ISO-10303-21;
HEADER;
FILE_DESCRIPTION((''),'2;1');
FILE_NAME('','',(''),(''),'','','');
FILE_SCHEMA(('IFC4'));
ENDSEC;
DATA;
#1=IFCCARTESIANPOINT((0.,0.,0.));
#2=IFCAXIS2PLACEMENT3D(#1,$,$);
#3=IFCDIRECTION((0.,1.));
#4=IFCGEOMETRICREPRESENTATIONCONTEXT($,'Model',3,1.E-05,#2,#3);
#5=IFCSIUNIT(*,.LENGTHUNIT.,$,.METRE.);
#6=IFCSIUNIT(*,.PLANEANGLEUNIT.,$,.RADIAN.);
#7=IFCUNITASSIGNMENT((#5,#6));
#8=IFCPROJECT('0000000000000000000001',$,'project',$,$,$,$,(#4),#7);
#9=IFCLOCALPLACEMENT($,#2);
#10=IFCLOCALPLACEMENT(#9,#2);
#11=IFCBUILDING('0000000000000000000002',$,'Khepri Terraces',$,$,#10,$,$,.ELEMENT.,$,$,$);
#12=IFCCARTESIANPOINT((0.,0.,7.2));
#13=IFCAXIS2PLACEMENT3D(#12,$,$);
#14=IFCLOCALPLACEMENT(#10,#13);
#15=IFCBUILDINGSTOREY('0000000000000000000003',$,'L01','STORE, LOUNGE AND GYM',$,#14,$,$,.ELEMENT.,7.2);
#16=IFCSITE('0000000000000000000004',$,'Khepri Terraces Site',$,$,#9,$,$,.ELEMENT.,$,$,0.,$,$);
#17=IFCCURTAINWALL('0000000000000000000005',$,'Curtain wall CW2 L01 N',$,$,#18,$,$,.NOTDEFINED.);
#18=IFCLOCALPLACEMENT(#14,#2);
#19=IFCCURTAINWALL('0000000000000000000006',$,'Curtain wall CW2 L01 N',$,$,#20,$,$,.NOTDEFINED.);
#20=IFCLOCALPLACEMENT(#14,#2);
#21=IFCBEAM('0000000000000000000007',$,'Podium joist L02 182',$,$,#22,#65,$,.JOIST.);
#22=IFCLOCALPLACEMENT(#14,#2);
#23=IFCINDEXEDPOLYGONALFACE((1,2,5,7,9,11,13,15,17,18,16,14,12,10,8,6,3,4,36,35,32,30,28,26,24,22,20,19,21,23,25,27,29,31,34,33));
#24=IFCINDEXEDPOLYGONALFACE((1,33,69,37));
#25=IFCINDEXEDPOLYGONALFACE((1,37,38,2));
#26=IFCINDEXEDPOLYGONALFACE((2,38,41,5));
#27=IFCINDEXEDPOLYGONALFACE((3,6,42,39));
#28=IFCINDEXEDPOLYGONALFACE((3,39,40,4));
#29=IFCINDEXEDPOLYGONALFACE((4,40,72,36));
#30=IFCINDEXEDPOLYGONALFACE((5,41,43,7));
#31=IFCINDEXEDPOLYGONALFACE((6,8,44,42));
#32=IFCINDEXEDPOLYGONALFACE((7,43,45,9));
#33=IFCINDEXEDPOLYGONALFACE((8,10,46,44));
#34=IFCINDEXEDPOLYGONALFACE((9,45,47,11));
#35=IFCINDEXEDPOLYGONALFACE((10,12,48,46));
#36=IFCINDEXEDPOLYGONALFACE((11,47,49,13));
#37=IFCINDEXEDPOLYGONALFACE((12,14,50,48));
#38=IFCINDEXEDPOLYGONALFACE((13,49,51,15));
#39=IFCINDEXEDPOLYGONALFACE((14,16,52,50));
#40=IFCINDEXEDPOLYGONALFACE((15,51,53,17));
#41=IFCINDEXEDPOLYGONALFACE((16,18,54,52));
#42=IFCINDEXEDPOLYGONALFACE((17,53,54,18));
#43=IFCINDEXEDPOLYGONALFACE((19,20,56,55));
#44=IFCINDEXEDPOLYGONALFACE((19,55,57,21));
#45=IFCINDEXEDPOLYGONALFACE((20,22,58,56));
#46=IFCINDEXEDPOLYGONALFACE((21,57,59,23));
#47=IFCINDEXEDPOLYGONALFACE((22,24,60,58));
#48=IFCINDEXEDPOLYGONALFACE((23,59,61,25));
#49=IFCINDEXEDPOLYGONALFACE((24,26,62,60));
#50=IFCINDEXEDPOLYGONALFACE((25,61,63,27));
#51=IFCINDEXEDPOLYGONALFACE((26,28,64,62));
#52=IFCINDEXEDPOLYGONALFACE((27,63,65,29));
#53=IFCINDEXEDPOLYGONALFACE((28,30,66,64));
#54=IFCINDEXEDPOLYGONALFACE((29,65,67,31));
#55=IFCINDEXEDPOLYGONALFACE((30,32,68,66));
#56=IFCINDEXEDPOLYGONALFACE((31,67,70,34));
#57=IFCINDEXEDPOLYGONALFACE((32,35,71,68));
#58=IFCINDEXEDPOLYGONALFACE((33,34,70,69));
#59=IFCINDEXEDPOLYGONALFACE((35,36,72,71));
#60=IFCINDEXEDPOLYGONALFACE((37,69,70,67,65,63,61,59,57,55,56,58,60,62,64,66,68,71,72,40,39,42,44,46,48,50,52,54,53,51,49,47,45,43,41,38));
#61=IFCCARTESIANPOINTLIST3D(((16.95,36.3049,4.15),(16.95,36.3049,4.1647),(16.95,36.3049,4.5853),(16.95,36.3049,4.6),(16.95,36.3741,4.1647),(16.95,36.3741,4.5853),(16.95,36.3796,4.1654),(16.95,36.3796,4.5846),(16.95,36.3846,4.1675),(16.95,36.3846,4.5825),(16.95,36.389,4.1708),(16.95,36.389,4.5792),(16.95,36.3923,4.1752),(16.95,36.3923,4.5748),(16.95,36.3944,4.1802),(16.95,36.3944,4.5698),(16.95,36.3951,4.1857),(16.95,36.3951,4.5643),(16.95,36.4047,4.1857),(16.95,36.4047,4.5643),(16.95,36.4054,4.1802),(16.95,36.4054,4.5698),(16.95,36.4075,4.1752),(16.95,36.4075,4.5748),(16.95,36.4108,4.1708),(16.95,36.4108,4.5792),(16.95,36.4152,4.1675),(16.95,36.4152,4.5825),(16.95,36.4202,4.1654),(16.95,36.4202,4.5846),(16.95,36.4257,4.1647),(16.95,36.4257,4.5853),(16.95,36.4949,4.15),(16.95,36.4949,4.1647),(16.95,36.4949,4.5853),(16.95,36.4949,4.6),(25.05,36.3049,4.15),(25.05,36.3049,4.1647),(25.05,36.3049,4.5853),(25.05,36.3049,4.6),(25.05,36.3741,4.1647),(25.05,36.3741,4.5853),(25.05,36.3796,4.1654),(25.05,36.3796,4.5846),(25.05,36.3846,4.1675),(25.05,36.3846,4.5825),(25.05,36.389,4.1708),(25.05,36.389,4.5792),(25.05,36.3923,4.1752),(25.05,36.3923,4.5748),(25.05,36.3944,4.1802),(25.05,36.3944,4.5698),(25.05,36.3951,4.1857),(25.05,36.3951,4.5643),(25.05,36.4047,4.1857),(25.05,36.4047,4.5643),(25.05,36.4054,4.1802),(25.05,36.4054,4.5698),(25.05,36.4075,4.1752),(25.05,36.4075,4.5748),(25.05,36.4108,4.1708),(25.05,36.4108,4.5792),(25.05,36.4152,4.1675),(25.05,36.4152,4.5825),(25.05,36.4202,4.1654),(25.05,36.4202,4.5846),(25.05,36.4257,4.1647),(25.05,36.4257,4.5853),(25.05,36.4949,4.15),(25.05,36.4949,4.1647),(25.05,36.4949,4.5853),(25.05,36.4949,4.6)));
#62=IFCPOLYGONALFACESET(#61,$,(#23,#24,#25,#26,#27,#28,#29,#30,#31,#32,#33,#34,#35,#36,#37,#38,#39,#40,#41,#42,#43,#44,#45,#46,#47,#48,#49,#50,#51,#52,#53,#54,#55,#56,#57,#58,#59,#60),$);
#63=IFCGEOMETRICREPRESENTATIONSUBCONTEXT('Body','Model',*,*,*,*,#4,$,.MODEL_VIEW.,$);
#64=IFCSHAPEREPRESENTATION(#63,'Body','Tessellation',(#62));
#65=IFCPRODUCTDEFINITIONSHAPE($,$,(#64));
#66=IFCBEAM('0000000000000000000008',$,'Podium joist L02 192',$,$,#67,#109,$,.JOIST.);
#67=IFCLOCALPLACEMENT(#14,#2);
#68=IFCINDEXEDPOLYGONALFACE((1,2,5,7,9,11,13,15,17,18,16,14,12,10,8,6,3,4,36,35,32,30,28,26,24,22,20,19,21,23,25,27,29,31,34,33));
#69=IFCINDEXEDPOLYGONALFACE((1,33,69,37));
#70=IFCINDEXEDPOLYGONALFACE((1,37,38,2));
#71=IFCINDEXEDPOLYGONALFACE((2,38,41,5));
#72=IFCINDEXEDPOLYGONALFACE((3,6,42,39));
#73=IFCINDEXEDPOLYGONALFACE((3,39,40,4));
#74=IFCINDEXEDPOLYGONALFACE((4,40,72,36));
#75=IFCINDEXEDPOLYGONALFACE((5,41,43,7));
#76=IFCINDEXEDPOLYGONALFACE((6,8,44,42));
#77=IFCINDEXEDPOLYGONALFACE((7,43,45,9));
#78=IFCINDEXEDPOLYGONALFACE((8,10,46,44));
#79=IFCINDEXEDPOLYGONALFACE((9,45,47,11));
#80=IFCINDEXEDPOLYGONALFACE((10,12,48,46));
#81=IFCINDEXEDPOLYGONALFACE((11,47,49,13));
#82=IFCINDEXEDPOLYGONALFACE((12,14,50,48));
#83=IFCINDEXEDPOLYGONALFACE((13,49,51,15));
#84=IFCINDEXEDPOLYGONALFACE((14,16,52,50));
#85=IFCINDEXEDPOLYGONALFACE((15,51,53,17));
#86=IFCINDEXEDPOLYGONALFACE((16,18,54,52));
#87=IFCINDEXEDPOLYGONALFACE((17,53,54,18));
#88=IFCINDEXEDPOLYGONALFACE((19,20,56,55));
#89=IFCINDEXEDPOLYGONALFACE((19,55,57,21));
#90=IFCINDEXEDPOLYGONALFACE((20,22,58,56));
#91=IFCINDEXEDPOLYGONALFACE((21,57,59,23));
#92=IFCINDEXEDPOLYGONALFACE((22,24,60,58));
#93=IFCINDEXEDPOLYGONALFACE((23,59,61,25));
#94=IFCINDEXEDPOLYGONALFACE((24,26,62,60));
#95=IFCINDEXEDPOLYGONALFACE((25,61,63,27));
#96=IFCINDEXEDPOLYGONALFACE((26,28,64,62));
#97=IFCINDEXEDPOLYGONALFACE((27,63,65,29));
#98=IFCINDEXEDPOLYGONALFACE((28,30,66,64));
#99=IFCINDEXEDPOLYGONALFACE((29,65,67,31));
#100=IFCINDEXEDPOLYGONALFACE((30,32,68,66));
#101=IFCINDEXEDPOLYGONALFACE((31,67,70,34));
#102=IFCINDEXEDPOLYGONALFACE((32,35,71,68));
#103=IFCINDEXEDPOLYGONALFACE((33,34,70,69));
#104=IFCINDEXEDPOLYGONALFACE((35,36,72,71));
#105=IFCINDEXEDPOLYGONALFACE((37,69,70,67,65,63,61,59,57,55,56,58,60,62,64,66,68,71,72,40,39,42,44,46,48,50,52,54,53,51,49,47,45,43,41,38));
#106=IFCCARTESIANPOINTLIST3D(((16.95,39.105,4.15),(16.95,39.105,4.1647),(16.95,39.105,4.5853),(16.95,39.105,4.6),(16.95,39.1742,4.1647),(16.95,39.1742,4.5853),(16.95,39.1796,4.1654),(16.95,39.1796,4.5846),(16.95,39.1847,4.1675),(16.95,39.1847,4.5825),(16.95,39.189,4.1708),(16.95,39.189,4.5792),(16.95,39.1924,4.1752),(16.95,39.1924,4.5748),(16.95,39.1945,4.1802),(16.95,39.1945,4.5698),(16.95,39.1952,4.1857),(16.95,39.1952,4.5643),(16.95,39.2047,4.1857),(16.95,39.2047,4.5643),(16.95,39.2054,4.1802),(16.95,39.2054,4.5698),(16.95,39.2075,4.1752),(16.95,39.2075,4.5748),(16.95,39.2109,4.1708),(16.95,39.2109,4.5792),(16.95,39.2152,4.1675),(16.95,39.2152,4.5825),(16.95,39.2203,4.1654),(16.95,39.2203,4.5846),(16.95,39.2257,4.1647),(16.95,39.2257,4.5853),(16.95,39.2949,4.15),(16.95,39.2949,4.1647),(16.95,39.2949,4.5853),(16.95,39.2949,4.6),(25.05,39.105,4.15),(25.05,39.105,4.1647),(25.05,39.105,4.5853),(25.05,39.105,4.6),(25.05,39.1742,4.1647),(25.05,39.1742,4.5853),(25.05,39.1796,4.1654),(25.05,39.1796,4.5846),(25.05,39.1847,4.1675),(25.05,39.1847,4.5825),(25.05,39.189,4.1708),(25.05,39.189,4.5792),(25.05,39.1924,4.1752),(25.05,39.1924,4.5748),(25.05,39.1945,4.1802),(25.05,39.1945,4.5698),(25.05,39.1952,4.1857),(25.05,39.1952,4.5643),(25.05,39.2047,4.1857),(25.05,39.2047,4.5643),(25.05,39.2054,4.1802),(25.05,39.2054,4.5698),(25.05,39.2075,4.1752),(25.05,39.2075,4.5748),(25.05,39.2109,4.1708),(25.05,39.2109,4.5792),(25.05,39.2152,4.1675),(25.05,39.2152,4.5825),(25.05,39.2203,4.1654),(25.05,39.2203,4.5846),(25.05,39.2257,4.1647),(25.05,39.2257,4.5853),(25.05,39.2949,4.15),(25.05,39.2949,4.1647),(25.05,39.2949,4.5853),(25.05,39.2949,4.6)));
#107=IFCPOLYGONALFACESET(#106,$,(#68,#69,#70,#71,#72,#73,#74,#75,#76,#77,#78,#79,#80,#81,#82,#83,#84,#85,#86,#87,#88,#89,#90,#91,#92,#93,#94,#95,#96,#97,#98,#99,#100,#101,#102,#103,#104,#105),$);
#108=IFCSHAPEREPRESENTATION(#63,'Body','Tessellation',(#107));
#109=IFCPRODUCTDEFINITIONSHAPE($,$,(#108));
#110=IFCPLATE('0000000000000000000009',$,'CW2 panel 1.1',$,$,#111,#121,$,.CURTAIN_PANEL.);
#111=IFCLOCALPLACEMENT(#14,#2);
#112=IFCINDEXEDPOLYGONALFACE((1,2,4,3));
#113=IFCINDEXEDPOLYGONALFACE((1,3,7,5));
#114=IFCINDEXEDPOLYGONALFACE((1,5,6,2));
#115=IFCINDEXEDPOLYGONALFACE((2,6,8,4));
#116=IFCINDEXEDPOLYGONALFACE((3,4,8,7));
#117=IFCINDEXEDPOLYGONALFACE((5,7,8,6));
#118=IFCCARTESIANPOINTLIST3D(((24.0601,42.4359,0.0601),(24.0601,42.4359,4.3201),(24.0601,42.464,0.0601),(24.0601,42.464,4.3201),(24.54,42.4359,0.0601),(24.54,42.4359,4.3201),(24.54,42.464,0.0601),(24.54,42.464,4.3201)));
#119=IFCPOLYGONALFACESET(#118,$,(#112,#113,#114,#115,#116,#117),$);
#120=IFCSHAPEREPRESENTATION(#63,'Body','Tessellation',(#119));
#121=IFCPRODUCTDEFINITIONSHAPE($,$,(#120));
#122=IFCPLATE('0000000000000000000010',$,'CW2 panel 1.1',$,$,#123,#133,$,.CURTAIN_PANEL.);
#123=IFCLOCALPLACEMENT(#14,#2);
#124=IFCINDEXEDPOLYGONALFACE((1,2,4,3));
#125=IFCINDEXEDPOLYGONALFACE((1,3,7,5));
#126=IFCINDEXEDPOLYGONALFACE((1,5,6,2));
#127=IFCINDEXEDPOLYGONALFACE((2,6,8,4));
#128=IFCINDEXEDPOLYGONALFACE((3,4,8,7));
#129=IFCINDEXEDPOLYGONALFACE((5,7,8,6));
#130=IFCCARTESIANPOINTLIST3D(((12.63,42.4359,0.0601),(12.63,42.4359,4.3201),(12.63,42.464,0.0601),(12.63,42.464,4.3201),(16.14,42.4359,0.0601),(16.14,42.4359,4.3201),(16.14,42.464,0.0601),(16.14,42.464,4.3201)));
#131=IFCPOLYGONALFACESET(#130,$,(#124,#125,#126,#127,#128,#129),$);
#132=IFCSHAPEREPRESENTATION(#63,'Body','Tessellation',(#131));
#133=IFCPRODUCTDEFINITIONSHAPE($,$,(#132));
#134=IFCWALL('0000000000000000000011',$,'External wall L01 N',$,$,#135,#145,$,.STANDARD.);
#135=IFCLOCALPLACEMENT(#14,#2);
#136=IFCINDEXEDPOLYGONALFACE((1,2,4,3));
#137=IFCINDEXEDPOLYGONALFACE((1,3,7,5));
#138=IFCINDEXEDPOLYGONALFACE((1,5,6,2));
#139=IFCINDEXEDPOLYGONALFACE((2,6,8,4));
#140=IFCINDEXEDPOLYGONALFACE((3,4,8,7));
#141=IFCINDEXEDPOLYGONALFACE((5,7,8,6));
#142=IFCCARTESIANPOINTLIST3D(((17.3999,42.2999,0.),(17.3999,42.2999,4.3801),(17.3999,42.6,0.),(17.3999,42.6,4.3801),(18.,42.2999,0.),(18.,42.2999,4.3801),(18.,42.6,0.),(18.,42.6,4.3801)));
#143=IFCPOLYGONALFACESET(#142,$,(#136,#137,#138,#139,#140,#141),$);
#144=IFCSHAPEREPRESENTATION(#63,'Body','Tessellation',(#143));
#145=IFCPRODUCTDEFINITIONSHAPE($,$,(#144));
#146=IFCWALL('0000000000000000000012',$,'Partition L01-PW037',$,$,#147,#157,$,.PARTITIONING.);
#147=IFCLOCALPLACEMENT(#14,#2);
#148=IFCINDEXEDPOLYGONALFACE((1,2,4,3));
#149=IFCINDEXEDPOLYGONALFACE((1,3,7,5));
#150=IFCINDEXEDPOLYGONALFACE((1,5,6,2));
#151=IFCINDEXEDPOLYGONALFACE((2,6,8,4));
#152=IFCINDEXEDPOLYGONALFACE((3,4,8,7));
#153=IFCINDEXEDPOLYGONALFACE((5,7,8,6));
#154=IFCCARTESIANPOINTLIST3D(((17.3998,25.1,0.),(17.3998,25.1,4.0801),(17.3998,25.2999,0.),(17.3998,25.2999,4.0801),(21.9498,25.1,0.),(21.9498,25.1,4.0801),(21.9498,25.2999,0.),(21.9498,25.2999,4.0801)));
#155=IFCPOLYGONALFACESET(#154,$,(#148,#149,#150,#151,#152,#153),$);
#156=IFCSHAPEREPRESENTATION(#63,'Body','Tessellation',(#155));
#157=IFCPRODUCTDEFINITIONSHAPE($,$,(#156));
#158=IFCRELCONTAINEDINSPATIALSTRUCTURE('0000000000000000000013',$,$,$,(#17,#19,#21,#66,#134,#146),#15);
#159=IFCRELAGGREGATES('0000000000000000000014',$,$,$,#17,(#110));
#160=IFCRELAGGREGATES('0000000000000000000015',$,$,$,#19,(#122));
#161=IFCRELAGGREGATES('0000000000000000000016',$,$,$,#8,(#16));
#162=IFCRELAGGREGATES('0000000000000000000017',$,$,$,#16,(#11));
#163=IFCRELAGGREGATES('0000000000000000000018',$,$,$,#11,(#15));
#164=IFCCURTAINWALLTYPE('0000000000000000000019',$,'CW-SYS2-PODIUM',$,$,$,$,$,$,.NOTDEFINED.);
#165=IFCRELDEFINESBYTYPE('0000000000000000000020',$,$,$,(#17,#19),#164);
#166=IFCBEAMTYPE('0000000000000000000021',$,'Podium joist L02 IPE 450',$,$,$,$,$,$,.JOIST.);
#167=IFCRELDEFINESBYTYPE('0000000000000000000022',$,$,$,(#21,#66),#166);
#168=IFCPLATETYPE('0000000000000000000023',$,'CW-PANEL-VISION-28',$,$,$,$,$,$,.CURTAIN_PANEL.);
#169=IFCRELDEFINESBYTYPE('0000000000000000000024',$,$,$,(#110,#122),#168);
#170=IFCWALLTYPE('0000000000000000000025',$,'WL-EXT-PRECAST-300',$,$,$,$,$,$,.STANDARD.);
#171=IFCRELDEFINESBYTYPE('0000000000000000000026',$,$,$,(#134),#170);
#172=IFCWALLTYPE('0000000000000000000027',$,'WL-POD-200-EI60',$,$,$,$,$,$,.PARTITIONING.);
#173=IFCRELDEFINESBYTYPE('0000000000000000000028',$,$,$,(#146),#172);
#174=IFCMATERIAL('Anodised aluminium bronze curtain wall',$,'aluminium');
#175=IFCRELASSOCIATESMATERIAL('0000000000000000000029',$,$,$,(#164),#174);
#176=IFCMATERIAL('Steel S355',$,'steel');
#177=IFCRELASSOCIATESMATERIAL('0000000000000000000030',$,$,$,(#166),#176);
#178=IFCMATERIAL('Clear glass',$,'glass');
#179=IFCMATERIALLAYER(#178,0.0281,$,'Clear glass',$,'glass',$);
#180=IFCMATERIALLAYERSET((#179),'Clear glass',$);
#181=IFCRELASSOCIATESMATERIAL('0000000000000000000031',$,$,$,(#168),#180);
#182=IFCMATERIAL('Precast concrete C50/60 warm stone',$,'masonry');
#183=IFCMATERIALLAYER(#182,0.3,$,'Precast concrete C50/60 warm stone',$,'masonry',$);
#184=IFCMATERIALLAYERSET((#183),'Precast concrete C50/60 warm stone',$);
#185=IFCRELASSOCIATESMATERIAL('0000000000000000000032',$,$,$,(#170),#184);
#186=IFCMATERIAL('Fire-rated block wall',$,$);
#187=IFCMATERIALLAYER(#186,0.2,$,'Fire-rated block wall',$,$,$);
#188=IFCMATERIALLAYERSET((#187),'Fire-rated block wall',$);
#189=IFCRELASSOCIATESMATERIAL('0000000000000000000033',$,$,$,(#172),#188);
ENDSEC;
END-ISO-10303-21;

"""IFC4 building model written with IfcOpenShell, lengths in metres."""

from ifc_helpers import new_model, si_unit, direction, frame, frame_2d, origin, origin_2d, place, context, subcontext, project, spatial, rectangle, i_section, extrude, material, layer, layer_set, material_profile, profile_set, type_object, element, aggregate, save


model = new_model("IFC4")

# Units and contexts
model_context = context("Model", 3, precision=1e-05, world=origin(), true_north=direction((0.0, 1.0)))
body_context = subcontext(model_context, "Body", "Model", "MODEL_VIEW")
ifc_project = project(units=[si_unit("LENGTHUNIT", "METRE"), si_unit("PLANEANGLEUNIT", "RADIAN")], contexts=[model_context])

# Site, building, storey
site_placement = place(None, origin())
site = spatial("IfcSite", under=ifc_project, at=site_placement, Name="Khepri Terraces Site", CompositionType="ELEMENT", RefElevation=0.0)
building_placement = place(site_placement, origin())
building = spatial("IfcBuilding", under=site, at=building_placement, Name="Khepri Terraces", CompositionType="ELEMENT")
storey_placement = place(building_placement, frame((0.0, 0.0, 7.2)))
storey = spatial("IfcBuildingStorey", under=building, at=storey_placement, Name="L01", Description="STORE, LOUNGE AND GYM", CompositionType="ELEMENT", Elevation=7.2)

# Curtain walls
ifc_material_1 = material(Name="Anodised aluminium bronze curtain wall", Category="aluminium")
curtain_wall_type = type_object("IfcCurtainWallType", Name="CW-SYS2-PODIUM", PredefinedType="NOTDEFINED", material=ifc_material_1)
curtain_wall_1_placement = place(storey_placement, origin())
curtain_wall_1 = element("IfcCurtainWall", 1, at=curtain_wall_1_placement, inside=storey, type_object=curtain_wall_type, Name="Curtain wall CW2 L01 N", PredefinedType="NOTDEFINED")
curtain_wall_2_placement = place(storey_placement, origin())
curtain_wall_2 = element("IfcCurtainWall", 2, at=curtain_wall_2_placement, inside=storey, type_object=curtain_wall_type, Name="Curtain wall CW2 L01 N", PredefinedType="NOTDEFINED")

# Beams
ifc_material_2 = material(Name="Steel S355", Category="steel")
ifc_material_profile_1 = material_profile(ifc_material_2, i_section(OverallWidth=0.1899, OverallDepth=0.45, WebThickness=0.0095, FlangeThickness=0.0146, FilletRadius=0.021, at=origin_2d()), Name="Steel S355", Category="steel")
ifc_profile_set_1 = profile_set([ifc_material_profile_1], Name="Steel S355")
beam_type_1 = type_object("IfcBeamType", Name="Podium joist L02 IPE 450", PredefinedType="JOIST", material=ifc_profile_set_1)
for number, where, z_axis, x_axis, name in (
    (3, (16.95, 36.3999, 4.375), (1.0, 0.0, 0.0), (0.0, 1.0, 0.0), "Podium joist L02 182"),
    (4, (16.95, 39.2, 4.375), (1.0, 0.0, 0.0), (0.0, 1.0, 0.0), "Podium joist L02 192"),
):
    element("IfcBeam", number, at=place(storey_placement, frame(where, z_axis=z_axis, x_axis=x_axis)), inside=storey, type_object=beam_type_1, Name=name, PredefinedType="JOIST", context=body_context, shape_type="SweptSolid", body=[
        extrude(i_section(OverallWidth=0.1899, OverallDepth=0.45, WebThickness=0.0095, FlangeThickness=0.0146, FilletRadius=0.021, at=origin_2d()), origin(), (0.0, 0.0, 1.0), 8.1001),
    ])

# Plates
ifc_material_3 = material(Name="Clear glass", Category="glass")
ifc_layer_1 = layer(ifc_material_3, 0.0281, Name="Clear glass", Category="glass")
ifc_layer_set_1 = layer_set([ifc_layer_1], Name="Clear glass")
plate_type = type_object("IfcPlateType", Name="CW-PANEL-VISION-28", PredefinedType="CURTAIN_PANEL", material=ifc_layer_set_1)
plate_1_placement = place(storey_placement, frame((24.3, 42.45, 0.0601), z_axis=(0.0, 0.0, 1.0), x_axis=(-1.0, 0.0, 0.0)))
plate_1 = element("IfcPlate", 5, at=plate_1_placement, type_object=plate_type, Name="CW2 panel 1.1", PredefinedType="CURTAIN_PANEL", context=body_context, shape_type="SweptSolid", body=[
    extrude(rectangle(XDim=0.48, YDim=0.0281, at=origin_2d()), origin(), (0.0, 0.0, 1.0), 4.26),
])
aggregate(curtain_wall_1, [plate_1])
plate_2_placement = place(storey_placement, frame((14.385, 42.45, 0.0601), z_axis=(0.0, 0.0, 1.0), x_axis=(-1.0, 0.0, 0.0)))
plate_2 = element("IfcPlate", 6, at=plate_2_placement, type_object=plate_type, Name="CW2 panel 1.1", PredefinedType="CURTAIN_PANEL", context=body_context, shape_type="SweptSolid", body=[
    extrude(rectangle(XDim=3.51, YDim=0.0281, at=origin_2d()), origin(), (0.0, 0.0, 1.0), 4.26),
])
aggregate(curtain_wall_2, [plate_2])

# Shared definitions
ifc_material_4 = material(Name="Precast concrete C50/60 warm stone", Category="masonry")
ifc_layer_2 = layer(ifc_material_4, 0.3, Name="Precast concrete C50/60 warm stone", Category="masonry")
ifc_layer_set_2 = layer_set([ifc_layer_2], Name="Precast concrete C50/60 warm stone")
wall_type_1 = type_object("IfcWallType", Name="WL-EXT-PRECAST-300", PredefinedType="STANDARD", material=ifc_layer_set_2)

# Walls
wall_1_placement = place(storey_placement, frame((18.0, 42.45, 0.0), z_axis=(0.0, 0.0, 1.0), x_axis=(-1.0, 0.0, 0.0)))
element("IfcWall", 7, at=wall_1_placement, inside=storey, type_object=wall_type_1, Name="External wall L01 N", PredefinedType="STANDARD", context=body_context, shape_type="SweptSolid", body=[
    extrude(rectangle(XDim=0.6001, YDim=0.3, at=frame_2d((0.3, 0.0))), origin(), (0.0, 0.0, 1.0), 4.3801),
])
ifc_material_5 = material(Name="Fire-rated block wall")
ifc_layer_3 = layer(ifc_material_5, 0.2, Name="Fire-rated block wall")
ifc_layer_set_3 = layer_set([ifc_layer_3], Name="Fire-rated block wall")
wall_type_2 = type_object("IfcWallType", Name="WL-POD-200-EI60", PredefinedType="PARTITIONING", material=ifc_layer_set_3)
wall_2_placement = place(storey_placement, frame((17.3999, 25.2, 0.0), z_axis=(0.0, 0.0, 1.0), x_axis=(1.0, 0.0, 0.0)))
element("IfcWall", 8, at=wall_2_placement, inside=storey, type_object=wall_type_2, Name="Partition L01-PW037", PredefinedType="PARTITIONING", context=body_context, shape_type="SweptSolid", body=[
    extrude(rectangle(XDim=4.55, YDim=0.2, at=frame_2d((2.2749, 0.0))), origin(), (0.0, 0.0, 1.0), 4.0801),
])

save(model, "model.ifc")
